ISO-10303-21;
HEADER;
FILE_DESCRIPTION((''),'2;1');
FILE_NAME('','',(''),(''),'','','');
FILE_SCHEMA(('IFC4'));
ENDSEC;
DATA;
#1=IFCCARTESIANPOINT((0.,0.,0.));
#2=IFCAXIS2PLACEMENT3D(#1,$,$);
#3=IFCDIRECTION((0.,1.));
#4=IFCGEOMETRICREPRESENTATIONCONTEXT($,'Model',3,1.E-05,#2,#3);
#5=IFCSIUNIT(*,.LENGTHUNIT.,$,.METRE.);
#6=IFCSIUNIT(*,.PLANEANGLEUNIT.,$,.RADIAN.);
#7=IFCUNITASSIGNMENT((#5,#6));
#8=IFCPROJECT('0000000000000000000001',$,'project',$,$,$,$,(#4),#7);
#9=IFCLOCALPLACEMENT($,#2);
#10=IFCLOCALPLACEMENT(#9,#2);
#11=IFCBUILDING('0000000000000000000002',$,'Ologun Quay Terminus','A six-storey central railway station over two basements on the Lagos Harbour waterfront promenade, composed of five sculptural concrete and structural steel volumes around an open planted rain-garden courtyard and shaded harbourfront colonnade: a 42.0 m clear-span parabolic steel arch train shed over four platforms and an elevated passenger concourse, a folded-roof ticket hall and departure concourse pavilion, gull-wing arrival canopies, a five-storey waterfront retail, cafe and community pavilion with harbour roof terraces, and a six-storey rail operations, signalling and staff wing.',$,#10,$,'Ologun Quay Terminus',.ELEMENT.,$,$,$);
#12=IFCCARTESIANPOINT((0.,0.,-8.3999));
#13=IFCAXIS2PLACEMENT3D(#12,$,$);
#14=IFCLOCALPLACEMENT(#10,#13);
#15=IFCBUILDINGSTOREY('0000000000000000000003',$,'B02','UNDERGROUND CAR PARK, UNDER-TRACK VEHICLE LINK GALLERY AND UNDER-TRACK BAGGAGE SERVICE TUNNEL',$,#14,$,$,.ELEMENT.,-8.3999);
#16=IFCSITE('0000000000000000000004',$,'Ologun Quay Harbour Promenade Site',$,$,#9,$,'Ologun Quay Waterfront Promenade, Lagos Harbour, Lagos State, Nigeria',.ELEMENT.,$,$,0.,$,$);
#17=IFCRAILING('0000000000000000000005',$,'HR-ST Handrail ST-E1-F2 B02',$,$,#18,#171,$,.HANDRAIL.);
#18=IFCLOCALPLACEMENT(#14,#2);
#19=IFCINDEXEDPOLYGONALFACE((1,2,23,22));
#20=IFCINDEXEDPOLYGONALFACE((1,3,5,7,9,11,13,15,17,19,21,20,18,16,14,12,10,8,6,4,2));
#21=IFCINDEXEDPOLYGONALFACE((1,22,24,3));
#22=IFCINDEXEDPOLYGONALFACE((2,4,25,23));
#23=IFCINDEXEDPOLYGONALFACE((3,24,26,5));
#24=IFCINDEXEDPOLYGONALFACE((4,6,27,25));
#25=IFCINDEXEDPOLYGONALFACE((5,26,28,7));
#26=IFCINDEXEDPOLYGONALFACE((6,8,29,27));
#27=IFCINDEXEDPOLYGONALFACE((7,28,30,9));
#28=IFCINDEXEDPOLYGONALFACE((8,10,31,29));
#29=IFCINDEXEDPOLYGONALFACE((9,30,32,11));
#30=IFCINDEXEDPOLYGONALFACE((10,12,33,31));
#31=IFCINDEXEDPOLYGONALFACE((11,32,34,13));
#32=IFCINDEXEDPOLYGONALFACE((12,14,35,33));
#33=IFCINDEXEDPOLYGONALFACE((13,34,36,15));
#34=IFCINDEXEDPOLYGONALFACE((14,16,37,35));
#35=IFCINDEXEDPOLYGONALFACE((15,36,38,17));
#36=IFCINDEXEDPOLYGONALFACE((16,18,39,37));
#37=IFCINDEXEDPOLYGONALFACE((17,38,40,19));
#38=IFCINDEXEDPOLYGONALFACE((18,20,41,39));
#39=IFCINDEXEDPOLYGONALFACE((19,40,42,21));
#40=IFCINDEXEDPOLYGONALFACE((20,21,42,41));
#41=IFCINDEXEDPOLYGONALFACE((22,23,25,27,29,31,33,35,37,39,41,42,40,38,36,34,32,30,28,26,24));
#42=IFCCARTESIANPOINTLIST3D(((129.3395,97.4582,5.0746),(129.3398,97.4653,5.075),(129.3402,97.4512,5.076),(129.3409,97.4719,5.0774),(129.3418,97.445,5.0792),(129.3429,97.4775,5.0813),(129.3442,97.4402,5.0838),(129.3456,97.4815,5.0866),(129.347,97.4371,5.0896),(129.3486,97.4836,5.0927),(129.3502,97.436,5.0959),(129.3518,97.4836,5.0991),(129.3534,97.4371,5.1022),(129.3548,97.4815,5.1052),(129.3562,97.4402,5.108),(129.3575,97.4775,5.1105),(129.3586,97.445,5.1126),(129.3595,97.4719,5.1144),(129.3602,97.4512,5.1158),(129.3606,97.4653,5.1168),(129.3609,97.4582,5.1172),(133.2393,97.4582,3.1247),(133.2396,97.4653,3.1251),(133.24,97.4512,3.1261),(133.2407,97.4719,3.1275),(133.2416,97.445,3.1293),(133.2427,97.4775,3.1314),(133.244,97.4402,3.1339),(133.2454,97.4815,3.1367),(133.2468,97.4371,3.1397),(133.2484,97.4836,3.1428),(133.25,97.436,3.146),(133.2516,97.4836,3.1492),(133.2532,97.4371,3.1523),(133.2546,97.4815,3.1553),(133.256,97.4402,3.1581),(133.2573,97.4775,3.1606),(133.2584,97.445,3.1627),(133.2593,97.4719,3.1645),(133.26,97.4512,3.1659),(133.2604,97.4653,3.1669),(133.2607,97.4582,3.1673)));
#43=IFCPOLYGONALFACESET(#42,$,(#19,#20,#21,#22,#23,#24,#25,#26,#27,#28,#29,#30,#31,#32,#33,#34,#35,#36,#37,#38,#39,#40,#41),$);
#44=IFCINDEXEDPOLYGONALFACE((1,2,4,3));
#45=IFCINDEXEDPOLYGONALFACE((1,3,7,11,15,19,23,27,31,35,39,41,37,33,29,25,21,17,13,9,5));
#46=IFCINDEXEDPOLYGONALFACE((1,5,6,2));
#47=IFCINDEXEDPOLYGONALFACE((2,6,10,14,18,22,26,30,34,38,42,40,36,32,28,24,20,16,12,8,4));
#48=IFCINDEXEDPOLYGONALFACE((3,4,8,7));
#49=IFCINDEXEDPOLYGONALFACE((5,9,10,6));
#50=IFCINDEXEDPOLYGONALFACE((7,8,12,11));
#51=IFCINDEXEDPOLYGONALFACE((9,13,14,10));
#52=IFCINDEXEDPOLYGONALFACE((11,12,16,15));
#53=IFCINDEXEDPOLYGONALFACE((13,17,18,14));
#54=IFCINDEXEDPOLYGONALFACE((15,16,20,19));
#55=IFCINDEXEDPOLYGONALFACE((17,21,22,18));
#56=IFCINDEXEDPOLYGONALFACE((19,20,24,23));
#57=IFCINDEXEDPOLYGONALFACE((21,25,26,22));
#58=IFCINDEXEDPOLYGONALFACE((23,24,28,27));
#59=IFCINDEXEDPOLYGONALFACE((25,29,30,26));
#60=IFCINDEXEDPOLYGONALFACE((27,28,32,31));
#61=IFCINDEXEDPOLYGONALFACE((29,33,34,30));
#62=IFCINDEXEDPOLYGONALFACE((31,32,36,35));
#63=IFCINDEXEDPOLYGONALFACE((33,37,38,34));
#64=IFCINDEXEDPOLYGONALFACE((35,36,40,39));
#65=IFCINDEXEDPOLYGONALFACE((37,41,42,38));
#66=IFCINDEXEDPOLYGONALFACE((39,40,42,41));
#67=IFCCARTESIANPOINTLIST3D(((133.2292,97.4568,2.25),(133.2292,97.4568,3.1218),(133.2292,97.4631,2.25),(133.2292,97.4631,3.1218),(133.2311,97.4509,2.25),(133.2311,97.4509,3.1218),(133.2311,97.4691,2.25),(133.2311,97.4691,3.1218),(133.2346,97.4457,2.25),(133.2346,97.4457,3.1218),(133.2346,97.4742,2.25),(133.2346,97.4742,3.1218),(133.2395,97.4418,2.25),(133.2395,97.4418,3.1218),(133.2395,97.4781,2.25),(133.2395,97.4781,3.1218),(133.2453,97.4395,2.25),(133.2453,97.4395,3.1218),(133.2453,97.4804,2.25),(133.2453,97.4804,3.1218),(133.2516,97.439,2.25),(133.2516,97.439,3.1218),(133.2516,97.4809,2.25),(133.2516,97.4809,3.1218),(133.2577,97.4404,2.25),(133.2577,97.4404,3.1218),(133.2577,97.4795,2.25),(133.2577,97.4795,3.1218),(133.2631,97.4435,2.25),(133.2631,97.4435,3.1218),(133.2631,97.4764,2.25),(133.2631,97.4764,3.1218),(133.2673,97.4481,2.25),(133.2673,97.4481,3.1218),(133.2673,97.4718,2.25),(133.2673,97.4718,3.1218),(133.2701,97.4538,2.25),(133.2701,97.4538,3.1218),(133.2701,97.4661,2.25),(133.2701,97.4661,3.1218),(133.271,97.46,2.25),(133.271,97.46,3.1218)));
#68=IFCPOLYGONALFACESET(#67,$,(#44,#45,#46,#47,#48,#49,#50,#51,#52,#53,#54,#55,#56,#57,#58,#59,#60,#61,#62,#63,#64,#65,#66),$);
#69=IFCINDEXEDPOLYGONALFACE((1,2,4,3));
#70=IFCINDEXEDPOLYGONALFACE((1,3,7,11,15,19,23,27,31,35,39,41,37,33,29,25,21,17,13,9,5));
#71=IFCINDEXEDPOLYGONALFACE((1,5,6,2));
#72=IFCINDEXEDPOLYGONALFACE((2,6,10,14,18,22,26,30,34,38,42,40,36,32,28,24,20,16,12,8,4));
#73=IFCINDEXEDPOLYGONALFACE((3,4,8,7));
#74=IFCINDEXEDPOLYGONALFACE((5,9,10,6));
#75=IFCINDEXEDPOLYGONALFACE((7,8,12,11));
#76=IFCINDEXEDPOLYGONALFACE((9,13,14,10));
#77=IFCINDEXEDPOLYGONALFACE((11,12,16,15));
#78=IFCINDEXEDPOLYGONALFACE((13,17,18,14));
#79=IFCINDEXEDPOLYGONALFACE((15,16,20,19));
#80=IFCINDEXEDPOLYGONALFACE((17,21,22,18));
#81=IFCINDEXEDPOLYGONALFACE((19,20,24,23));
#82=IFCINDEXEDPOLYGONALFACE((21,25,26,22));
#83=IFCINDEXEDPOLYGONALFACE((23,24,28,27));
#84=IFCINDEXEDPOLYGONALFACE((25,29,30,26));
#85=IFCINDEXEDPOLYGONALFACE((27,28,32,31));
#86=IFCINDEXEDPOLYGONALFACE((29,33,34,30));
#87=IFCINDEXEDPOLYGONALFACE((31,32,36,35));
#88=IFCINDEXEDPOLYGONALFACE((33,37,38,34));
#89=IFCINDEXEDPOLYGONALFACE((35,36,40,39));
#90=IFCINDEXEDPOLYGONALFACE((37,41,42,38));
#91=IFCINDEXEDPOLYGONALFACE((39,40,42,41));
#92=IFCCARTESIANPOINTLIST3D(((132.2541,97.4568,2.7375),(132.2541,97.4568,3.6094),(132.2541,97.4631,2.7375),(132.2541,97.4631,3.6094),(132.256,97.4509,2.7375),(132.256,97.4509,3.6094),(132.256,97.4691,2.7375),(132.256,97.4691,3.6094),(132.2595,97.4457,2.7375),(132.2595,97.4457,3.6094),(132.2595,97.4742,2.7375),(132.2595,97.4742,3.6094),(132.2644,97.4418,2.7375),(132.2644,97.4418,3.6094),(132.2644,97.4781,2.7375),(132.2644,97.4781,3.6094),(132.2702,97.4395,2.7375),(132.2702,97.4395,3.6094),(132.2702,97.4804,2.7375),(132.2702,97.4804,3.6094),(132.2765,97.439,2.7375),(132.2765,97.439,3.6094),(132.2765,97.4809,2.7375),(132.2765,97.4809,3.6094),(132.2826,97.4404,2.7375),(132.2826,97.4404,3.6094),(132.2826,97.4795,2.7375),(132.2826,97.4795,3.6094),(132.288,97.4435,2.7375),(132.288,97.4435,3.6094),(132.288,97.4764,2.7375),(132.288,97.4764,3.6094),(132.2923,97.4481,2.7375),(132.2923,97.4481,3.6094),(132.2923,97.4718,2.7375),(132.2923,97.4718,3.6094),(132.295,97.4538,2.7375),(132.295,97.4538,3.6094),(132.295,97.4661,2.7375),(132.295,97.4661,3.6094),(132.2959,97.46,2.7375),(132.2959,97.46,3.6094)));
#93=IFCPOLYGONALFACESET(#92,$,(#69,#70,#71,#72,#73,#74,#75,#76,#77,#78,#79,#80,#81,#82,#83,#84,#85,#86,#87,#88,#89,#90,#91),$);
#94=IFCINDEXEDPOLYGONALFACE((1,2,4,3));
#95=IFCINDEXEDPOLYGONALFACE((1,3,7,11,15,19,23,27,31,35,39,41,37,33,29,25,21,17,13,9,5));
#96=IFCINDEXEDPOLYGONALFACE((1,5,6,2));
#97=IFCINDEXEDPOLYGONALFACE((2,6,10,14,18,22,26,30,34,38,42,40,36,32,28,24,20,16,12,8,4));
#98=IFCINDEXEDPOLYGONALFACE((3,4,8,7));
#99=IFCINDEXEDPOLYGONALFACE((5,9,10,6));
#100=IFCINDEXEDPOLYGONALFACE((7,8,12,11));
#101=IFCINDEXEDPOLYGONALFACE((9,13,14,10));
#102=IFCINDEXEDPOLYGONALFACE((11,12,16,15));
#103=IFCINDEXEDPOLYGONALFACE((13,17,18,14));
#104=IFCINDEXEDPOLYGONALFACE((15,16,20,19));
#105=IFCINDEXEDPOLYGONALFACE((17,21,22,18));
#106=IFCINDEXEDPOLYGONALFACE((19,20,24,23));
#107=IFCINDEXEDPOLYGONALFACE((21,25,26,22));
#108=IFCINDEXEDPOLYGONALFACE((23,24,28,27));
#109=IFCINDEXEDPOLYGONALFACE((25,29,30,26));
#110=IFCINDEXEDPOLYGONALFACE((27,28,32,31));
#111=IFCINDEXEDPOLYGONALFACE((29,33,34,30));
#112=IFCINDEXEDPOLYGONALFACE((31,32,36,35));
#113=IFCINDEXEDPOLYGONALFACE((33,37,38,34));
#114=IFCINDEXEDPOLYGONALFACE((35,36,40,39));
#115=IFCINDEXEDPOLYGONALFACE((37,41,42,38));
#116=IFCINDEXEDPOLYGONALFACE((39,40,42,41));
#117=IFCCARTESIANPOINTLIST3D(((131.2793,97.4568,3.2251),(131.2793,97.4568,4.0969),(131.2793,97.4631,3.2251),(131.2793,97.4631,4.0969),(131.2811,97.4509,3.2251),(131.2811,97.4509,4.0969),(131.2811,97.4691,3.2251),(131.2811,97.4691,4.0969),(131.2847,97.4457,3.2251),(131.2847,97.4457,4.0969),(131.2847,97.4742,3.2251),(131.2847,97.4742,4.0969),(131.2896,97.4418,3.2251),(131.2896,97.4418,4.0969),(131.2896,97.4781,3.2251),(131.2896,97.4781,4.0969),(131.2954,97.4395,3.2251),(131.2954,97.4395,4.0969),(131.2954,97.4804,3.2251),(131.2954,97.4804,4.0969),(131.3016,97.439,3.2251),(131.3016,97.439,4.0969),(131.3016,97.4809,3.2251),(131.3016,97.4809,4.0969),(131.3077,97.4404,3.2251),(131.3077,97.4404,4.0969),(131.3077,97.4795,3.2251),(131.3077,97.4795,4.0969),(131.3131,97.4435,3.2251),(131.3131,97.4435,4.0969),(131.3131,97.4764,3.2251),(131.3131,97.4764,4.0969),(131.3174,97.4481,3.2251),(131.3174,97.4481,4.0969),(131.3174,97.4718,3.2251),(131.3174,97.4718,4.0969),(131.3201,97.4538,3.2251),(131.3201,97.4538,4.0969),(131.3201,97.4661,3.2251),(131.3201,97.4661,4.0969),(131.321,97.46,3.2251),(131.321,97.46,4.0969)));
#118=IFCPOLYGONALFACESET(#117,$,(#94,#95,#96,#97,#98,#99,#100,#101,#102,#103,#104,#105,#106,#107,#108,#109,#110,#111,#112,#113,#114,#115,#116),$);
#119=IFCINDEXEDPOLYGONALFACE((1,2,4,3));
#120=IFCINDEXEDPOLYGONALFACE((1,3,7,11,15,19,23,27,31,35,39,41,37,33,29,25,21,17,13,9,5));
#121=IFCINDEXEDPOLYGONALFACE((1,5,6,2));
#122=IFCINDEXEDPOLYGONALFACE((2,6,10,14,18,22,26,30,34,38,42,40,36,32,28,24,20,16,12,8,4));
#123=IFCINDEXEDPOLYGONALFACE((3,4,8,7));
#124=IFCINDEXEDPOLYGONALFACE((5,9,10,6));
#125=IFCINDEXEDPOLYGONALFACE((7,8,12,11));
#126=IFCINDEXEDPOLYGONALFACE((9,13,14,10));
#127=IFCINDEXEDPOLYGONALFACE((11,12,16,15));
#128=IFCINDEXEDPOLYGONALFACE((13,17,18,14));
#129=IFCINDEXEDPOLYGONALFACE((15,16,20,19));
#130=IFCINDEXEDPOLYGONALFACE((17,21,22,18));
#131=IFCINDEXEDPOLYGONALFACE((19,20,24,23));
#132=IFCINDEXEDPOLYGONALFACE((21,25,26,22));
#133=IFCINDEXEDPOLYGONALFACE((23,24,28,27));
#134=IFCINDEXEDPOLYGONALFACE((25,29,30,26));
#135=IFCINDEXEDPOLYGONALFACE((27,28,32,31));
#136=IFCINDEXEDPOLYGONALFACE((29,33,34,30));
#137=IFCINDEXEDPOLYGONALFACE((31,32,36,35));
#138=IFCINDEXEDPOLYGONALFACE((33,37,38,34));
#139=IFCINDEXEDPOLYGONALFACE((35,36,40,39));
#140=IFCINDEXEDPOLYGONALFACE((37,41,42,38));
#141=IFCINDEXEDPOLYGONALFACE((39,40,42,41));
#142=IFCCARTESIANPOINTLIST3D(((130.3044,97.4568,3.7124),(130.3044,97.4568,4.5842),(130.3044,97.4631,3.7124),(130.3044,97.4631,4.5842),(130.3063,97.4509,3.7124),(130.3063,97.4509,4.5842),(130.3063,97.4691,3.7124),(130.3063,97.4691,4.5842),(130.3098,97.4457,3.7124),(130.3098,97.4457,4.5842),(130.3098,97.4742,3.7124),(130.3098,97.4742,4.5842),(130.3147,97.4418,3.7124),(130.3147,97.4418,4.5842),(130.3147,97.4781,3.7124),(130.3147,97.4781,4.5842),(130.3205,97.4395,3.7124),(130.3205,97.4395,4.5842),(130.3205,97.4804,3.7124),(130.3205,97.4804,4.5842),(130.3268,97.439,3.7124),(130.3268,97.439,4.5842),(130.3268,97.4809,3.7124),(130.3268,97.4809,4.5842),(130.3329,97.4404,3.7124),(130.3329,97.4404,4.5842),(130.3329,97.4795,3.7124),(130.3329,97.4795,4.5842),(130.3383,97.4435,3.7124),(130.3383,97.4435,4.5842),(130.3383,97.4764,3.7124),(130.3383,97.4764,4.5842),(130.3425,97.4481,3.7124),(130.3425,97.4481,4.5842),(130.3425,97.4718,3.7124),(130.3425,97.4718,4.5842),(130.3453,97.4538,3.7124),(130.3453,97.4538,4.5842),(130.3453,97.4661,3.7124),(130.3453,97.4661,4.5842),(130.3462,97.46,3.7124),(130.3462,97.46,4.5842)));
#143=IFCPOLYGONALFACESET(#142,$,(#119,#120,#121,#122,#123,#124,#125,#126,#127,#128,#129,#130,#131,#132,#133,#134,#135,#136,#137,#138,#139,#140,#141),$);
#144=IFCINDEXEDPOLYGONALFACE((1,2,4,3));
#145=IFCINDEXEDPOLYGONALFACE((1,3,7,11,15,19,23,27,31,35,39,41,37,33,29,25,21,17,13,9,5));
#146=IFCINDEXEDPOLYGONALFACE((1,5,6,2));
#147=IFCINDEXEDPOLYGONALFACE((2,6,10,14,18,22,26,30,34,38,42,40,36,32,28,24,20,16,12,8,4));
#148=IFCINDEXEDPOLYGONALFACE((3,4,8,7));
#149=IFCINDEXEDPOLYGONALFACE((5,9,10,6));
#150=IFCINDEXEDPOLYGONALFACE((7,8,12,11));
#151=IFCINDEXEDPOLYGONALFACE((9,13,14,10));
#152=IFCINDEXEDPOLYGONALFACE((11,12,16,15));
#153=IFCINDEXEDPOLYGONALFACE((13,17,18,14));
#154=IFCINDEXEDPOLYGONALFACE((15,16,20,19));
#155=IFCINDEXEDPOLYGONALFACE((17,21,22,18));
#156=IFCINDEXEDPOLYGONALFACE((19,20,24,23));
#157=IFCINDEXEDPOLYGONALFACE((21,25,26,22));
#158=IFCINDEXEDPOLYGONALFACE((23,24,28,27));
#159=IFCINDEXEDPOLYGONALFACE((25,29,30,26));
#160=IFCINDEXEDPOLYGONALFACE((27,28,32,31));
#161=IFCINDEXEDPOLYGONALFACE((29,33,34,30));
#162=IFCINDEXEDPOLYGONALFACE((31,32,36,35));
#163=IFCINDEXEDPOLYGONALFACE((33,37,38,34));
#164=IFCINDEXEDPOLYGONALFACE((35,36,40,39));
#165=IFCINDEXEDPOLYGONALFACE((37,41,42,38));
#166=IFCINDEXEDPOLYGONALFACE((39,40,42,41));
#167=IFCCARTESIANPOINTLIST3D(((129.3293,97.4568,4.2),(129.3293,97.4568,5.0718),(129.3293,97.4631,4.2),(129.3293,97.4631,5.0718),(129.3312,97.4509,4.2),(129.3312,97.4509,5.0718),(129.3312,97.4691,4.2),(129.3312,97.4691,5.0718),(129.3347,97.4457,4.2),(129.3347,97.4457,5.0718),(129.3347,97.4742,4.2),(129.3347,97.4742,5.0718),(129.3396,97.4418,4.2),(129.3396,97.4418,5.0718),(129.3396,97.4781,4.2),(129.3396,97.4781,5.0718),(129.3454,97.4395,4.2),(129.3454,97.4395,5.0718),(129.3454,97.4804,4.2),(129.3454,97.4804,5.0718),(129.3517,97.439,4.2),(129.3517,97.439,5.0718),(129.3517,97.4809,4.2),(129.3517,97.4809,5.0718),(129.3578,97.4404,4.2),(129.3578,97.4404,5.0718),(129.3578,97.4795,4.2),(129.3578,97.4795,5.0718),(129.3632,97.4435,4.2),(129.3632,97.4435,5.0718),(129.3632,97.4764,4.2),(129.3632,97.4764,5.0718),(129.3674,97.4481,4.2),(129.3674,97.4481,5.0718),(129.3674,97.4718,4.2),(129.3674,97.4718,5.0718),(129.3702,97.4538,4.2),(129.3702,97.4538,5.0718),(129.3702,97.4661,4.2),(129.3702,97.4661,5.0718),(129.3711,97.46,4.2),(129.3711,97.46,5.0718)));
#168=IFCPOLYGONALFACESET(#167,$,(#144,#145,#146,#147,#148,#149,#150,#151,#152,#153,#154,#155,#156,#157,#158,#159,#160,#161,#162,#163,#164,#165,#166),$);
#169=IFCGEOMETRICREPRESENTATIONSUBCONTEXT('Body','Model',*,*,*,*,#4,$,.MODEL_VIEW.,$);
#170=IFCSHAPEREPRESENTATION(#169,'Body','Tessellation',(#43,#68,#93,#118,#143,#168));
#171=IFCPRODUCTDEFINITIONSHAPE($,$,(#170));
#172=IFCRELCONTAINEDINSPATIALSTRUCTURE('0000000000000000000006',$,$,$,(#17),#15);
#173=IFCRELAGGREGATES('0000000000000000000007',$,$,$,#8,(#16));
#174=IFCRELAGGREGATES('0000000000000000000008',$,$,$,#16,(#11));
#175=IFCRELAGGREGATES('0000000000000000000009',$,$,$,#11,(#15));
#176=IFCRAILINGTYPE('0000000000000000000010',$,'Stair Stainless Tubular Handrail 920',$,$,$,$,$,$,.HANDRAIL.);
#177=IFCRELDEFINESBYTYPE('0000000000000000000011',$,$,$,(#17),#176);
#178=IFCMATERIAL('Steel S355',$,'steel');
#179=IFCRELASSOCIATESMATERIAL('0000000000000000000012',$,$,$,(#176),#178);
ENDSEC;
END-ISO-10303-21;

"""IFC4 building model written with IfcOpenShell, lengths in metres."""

from ifc_helpers import new_model, si_unit, direction, frame, origin, origin_2d, place, context, subcontext, project, spatial, circle, extrude, material, type_object, element, save


model = new_model("IFC4")

# Units and contexts
model_context = context("Model", 3, precision=1e-05, world=origin(), true_north=direction((0.0, 1.0)))
body_context = subcontext(model_context, "Body", "Model", "MODEL_VIEW")
ifc_project = project(units=[si_unit("LENGTHUNIT", "METRE"), si_unit("PLANEANGLEUNIT", "RADIAN")], contexts=[model_context])

# Site, building, storey
site_placement = place(None, origin())
site = spatial("IfcSite", under=ifc_project, at=site_placement, Name="Ologun Quay Harbour Promenade Site", LongName="Ologun Quay Waterfront Promenade, Lagos Harbour, Lagos State, Nigeria", CompositionType="ELEMENT", RefElevation=0.0)
building_placement = place(site_placement, origin())
building = spatial("IfcBuilding", under=site, at=building_placement, Name="Ologun Quay Terminus", Description="A six-storey central railway station over two basements on the Lagos Harbour waterfront promenade, composed of five sculptural concrete and structural steel volumes around an open planted rain-garden courtyard and shaded harbourfront colonnade: a 42.0 m clear-span parabolic steel arch train shed over four platforms and an elevated passenger concourse, a folded-roof ticket hall and departure concourse pavilion, gull-wing arrival canopies, a five-storey waterfront retail, cafe and community pavilion with harbour roof terraces, and a six-storey rail operations, signalling and staff wing.", LongName="Ologun Quay Terminus", CompositionType="ELEMENT")
storey_placement = place(building_placement, frame((0.0, 0.0, -8.3999)))
storey = spatial("IfcBuildingStorey", under=building, at=storey_placement, Name="B02", Description="UNDERGROUND CAR PARK, UNDER-TRACK VEHICLE LINK GALLERY AND UNDER-TRACK BAGGAGE SERVICE TUNNEL", CompositionType="ELEMENT", Elevation=-8.3999)

# Railing
ifc_material_1 = material(Name="Steel S355", Category="steel")
railing_type_1 = type_object("IfcRailingType", Name="Stair Stainless Tubular Handrail 920", PredefinedType="HANDRAIL", material=ifc_material_1)
railing_1_placement = place(storey_placement, frame((133.25, 97.46, 2.25)))
element("IfcRailing", 1, at=railing_1_placement, inside=storey, type_object=railing_type_1, Name="HR-ST Handrail ST-E1-F2 B02", PredefinedType="HANDRAIL", context=body_context, shape_type="SweptSolid", body=[
    extrude(circle(Radius=0.0239, at=origin_2d()), frame((0.0, 0.0, 0.896), z_axis=(-0.894427, 0.0, 0.447214), x_axis=(0.0, -1.0, 0.0)), (0.0, 0.0, 1.0), 4.3601),
    extrude(circle(Radius=0.021, at=origin_2d()), origin(), (0.0, 0.0, 1.0), 0.8718),
    extrude(circle(Radius=0.021, at=origin_2d()), frame((-0.9751, 0.0, 0.4875)), (0.0, 0.0, 1.0), 0.8718),
    extrude(circle(Radius=0.021, at=origin_2d()), frame((-1.95, 0.0, 0.9751)), (0.0, 0.0, 1.0), 0.8718),
    extrude(circle(Radius=0.021, at=origin_2d()), frame((-2.9248, 0.0, 1.4624)), (0.0, 0.0, 1.0), 0.8718),
    extrude(circle(Radius=0.021, at=origin_2d()), frame((-3.8999, 0.0, 1.95)), (0.0, 0.0, 1.0), 0.8718),
])

save(model, "model.ifc")
